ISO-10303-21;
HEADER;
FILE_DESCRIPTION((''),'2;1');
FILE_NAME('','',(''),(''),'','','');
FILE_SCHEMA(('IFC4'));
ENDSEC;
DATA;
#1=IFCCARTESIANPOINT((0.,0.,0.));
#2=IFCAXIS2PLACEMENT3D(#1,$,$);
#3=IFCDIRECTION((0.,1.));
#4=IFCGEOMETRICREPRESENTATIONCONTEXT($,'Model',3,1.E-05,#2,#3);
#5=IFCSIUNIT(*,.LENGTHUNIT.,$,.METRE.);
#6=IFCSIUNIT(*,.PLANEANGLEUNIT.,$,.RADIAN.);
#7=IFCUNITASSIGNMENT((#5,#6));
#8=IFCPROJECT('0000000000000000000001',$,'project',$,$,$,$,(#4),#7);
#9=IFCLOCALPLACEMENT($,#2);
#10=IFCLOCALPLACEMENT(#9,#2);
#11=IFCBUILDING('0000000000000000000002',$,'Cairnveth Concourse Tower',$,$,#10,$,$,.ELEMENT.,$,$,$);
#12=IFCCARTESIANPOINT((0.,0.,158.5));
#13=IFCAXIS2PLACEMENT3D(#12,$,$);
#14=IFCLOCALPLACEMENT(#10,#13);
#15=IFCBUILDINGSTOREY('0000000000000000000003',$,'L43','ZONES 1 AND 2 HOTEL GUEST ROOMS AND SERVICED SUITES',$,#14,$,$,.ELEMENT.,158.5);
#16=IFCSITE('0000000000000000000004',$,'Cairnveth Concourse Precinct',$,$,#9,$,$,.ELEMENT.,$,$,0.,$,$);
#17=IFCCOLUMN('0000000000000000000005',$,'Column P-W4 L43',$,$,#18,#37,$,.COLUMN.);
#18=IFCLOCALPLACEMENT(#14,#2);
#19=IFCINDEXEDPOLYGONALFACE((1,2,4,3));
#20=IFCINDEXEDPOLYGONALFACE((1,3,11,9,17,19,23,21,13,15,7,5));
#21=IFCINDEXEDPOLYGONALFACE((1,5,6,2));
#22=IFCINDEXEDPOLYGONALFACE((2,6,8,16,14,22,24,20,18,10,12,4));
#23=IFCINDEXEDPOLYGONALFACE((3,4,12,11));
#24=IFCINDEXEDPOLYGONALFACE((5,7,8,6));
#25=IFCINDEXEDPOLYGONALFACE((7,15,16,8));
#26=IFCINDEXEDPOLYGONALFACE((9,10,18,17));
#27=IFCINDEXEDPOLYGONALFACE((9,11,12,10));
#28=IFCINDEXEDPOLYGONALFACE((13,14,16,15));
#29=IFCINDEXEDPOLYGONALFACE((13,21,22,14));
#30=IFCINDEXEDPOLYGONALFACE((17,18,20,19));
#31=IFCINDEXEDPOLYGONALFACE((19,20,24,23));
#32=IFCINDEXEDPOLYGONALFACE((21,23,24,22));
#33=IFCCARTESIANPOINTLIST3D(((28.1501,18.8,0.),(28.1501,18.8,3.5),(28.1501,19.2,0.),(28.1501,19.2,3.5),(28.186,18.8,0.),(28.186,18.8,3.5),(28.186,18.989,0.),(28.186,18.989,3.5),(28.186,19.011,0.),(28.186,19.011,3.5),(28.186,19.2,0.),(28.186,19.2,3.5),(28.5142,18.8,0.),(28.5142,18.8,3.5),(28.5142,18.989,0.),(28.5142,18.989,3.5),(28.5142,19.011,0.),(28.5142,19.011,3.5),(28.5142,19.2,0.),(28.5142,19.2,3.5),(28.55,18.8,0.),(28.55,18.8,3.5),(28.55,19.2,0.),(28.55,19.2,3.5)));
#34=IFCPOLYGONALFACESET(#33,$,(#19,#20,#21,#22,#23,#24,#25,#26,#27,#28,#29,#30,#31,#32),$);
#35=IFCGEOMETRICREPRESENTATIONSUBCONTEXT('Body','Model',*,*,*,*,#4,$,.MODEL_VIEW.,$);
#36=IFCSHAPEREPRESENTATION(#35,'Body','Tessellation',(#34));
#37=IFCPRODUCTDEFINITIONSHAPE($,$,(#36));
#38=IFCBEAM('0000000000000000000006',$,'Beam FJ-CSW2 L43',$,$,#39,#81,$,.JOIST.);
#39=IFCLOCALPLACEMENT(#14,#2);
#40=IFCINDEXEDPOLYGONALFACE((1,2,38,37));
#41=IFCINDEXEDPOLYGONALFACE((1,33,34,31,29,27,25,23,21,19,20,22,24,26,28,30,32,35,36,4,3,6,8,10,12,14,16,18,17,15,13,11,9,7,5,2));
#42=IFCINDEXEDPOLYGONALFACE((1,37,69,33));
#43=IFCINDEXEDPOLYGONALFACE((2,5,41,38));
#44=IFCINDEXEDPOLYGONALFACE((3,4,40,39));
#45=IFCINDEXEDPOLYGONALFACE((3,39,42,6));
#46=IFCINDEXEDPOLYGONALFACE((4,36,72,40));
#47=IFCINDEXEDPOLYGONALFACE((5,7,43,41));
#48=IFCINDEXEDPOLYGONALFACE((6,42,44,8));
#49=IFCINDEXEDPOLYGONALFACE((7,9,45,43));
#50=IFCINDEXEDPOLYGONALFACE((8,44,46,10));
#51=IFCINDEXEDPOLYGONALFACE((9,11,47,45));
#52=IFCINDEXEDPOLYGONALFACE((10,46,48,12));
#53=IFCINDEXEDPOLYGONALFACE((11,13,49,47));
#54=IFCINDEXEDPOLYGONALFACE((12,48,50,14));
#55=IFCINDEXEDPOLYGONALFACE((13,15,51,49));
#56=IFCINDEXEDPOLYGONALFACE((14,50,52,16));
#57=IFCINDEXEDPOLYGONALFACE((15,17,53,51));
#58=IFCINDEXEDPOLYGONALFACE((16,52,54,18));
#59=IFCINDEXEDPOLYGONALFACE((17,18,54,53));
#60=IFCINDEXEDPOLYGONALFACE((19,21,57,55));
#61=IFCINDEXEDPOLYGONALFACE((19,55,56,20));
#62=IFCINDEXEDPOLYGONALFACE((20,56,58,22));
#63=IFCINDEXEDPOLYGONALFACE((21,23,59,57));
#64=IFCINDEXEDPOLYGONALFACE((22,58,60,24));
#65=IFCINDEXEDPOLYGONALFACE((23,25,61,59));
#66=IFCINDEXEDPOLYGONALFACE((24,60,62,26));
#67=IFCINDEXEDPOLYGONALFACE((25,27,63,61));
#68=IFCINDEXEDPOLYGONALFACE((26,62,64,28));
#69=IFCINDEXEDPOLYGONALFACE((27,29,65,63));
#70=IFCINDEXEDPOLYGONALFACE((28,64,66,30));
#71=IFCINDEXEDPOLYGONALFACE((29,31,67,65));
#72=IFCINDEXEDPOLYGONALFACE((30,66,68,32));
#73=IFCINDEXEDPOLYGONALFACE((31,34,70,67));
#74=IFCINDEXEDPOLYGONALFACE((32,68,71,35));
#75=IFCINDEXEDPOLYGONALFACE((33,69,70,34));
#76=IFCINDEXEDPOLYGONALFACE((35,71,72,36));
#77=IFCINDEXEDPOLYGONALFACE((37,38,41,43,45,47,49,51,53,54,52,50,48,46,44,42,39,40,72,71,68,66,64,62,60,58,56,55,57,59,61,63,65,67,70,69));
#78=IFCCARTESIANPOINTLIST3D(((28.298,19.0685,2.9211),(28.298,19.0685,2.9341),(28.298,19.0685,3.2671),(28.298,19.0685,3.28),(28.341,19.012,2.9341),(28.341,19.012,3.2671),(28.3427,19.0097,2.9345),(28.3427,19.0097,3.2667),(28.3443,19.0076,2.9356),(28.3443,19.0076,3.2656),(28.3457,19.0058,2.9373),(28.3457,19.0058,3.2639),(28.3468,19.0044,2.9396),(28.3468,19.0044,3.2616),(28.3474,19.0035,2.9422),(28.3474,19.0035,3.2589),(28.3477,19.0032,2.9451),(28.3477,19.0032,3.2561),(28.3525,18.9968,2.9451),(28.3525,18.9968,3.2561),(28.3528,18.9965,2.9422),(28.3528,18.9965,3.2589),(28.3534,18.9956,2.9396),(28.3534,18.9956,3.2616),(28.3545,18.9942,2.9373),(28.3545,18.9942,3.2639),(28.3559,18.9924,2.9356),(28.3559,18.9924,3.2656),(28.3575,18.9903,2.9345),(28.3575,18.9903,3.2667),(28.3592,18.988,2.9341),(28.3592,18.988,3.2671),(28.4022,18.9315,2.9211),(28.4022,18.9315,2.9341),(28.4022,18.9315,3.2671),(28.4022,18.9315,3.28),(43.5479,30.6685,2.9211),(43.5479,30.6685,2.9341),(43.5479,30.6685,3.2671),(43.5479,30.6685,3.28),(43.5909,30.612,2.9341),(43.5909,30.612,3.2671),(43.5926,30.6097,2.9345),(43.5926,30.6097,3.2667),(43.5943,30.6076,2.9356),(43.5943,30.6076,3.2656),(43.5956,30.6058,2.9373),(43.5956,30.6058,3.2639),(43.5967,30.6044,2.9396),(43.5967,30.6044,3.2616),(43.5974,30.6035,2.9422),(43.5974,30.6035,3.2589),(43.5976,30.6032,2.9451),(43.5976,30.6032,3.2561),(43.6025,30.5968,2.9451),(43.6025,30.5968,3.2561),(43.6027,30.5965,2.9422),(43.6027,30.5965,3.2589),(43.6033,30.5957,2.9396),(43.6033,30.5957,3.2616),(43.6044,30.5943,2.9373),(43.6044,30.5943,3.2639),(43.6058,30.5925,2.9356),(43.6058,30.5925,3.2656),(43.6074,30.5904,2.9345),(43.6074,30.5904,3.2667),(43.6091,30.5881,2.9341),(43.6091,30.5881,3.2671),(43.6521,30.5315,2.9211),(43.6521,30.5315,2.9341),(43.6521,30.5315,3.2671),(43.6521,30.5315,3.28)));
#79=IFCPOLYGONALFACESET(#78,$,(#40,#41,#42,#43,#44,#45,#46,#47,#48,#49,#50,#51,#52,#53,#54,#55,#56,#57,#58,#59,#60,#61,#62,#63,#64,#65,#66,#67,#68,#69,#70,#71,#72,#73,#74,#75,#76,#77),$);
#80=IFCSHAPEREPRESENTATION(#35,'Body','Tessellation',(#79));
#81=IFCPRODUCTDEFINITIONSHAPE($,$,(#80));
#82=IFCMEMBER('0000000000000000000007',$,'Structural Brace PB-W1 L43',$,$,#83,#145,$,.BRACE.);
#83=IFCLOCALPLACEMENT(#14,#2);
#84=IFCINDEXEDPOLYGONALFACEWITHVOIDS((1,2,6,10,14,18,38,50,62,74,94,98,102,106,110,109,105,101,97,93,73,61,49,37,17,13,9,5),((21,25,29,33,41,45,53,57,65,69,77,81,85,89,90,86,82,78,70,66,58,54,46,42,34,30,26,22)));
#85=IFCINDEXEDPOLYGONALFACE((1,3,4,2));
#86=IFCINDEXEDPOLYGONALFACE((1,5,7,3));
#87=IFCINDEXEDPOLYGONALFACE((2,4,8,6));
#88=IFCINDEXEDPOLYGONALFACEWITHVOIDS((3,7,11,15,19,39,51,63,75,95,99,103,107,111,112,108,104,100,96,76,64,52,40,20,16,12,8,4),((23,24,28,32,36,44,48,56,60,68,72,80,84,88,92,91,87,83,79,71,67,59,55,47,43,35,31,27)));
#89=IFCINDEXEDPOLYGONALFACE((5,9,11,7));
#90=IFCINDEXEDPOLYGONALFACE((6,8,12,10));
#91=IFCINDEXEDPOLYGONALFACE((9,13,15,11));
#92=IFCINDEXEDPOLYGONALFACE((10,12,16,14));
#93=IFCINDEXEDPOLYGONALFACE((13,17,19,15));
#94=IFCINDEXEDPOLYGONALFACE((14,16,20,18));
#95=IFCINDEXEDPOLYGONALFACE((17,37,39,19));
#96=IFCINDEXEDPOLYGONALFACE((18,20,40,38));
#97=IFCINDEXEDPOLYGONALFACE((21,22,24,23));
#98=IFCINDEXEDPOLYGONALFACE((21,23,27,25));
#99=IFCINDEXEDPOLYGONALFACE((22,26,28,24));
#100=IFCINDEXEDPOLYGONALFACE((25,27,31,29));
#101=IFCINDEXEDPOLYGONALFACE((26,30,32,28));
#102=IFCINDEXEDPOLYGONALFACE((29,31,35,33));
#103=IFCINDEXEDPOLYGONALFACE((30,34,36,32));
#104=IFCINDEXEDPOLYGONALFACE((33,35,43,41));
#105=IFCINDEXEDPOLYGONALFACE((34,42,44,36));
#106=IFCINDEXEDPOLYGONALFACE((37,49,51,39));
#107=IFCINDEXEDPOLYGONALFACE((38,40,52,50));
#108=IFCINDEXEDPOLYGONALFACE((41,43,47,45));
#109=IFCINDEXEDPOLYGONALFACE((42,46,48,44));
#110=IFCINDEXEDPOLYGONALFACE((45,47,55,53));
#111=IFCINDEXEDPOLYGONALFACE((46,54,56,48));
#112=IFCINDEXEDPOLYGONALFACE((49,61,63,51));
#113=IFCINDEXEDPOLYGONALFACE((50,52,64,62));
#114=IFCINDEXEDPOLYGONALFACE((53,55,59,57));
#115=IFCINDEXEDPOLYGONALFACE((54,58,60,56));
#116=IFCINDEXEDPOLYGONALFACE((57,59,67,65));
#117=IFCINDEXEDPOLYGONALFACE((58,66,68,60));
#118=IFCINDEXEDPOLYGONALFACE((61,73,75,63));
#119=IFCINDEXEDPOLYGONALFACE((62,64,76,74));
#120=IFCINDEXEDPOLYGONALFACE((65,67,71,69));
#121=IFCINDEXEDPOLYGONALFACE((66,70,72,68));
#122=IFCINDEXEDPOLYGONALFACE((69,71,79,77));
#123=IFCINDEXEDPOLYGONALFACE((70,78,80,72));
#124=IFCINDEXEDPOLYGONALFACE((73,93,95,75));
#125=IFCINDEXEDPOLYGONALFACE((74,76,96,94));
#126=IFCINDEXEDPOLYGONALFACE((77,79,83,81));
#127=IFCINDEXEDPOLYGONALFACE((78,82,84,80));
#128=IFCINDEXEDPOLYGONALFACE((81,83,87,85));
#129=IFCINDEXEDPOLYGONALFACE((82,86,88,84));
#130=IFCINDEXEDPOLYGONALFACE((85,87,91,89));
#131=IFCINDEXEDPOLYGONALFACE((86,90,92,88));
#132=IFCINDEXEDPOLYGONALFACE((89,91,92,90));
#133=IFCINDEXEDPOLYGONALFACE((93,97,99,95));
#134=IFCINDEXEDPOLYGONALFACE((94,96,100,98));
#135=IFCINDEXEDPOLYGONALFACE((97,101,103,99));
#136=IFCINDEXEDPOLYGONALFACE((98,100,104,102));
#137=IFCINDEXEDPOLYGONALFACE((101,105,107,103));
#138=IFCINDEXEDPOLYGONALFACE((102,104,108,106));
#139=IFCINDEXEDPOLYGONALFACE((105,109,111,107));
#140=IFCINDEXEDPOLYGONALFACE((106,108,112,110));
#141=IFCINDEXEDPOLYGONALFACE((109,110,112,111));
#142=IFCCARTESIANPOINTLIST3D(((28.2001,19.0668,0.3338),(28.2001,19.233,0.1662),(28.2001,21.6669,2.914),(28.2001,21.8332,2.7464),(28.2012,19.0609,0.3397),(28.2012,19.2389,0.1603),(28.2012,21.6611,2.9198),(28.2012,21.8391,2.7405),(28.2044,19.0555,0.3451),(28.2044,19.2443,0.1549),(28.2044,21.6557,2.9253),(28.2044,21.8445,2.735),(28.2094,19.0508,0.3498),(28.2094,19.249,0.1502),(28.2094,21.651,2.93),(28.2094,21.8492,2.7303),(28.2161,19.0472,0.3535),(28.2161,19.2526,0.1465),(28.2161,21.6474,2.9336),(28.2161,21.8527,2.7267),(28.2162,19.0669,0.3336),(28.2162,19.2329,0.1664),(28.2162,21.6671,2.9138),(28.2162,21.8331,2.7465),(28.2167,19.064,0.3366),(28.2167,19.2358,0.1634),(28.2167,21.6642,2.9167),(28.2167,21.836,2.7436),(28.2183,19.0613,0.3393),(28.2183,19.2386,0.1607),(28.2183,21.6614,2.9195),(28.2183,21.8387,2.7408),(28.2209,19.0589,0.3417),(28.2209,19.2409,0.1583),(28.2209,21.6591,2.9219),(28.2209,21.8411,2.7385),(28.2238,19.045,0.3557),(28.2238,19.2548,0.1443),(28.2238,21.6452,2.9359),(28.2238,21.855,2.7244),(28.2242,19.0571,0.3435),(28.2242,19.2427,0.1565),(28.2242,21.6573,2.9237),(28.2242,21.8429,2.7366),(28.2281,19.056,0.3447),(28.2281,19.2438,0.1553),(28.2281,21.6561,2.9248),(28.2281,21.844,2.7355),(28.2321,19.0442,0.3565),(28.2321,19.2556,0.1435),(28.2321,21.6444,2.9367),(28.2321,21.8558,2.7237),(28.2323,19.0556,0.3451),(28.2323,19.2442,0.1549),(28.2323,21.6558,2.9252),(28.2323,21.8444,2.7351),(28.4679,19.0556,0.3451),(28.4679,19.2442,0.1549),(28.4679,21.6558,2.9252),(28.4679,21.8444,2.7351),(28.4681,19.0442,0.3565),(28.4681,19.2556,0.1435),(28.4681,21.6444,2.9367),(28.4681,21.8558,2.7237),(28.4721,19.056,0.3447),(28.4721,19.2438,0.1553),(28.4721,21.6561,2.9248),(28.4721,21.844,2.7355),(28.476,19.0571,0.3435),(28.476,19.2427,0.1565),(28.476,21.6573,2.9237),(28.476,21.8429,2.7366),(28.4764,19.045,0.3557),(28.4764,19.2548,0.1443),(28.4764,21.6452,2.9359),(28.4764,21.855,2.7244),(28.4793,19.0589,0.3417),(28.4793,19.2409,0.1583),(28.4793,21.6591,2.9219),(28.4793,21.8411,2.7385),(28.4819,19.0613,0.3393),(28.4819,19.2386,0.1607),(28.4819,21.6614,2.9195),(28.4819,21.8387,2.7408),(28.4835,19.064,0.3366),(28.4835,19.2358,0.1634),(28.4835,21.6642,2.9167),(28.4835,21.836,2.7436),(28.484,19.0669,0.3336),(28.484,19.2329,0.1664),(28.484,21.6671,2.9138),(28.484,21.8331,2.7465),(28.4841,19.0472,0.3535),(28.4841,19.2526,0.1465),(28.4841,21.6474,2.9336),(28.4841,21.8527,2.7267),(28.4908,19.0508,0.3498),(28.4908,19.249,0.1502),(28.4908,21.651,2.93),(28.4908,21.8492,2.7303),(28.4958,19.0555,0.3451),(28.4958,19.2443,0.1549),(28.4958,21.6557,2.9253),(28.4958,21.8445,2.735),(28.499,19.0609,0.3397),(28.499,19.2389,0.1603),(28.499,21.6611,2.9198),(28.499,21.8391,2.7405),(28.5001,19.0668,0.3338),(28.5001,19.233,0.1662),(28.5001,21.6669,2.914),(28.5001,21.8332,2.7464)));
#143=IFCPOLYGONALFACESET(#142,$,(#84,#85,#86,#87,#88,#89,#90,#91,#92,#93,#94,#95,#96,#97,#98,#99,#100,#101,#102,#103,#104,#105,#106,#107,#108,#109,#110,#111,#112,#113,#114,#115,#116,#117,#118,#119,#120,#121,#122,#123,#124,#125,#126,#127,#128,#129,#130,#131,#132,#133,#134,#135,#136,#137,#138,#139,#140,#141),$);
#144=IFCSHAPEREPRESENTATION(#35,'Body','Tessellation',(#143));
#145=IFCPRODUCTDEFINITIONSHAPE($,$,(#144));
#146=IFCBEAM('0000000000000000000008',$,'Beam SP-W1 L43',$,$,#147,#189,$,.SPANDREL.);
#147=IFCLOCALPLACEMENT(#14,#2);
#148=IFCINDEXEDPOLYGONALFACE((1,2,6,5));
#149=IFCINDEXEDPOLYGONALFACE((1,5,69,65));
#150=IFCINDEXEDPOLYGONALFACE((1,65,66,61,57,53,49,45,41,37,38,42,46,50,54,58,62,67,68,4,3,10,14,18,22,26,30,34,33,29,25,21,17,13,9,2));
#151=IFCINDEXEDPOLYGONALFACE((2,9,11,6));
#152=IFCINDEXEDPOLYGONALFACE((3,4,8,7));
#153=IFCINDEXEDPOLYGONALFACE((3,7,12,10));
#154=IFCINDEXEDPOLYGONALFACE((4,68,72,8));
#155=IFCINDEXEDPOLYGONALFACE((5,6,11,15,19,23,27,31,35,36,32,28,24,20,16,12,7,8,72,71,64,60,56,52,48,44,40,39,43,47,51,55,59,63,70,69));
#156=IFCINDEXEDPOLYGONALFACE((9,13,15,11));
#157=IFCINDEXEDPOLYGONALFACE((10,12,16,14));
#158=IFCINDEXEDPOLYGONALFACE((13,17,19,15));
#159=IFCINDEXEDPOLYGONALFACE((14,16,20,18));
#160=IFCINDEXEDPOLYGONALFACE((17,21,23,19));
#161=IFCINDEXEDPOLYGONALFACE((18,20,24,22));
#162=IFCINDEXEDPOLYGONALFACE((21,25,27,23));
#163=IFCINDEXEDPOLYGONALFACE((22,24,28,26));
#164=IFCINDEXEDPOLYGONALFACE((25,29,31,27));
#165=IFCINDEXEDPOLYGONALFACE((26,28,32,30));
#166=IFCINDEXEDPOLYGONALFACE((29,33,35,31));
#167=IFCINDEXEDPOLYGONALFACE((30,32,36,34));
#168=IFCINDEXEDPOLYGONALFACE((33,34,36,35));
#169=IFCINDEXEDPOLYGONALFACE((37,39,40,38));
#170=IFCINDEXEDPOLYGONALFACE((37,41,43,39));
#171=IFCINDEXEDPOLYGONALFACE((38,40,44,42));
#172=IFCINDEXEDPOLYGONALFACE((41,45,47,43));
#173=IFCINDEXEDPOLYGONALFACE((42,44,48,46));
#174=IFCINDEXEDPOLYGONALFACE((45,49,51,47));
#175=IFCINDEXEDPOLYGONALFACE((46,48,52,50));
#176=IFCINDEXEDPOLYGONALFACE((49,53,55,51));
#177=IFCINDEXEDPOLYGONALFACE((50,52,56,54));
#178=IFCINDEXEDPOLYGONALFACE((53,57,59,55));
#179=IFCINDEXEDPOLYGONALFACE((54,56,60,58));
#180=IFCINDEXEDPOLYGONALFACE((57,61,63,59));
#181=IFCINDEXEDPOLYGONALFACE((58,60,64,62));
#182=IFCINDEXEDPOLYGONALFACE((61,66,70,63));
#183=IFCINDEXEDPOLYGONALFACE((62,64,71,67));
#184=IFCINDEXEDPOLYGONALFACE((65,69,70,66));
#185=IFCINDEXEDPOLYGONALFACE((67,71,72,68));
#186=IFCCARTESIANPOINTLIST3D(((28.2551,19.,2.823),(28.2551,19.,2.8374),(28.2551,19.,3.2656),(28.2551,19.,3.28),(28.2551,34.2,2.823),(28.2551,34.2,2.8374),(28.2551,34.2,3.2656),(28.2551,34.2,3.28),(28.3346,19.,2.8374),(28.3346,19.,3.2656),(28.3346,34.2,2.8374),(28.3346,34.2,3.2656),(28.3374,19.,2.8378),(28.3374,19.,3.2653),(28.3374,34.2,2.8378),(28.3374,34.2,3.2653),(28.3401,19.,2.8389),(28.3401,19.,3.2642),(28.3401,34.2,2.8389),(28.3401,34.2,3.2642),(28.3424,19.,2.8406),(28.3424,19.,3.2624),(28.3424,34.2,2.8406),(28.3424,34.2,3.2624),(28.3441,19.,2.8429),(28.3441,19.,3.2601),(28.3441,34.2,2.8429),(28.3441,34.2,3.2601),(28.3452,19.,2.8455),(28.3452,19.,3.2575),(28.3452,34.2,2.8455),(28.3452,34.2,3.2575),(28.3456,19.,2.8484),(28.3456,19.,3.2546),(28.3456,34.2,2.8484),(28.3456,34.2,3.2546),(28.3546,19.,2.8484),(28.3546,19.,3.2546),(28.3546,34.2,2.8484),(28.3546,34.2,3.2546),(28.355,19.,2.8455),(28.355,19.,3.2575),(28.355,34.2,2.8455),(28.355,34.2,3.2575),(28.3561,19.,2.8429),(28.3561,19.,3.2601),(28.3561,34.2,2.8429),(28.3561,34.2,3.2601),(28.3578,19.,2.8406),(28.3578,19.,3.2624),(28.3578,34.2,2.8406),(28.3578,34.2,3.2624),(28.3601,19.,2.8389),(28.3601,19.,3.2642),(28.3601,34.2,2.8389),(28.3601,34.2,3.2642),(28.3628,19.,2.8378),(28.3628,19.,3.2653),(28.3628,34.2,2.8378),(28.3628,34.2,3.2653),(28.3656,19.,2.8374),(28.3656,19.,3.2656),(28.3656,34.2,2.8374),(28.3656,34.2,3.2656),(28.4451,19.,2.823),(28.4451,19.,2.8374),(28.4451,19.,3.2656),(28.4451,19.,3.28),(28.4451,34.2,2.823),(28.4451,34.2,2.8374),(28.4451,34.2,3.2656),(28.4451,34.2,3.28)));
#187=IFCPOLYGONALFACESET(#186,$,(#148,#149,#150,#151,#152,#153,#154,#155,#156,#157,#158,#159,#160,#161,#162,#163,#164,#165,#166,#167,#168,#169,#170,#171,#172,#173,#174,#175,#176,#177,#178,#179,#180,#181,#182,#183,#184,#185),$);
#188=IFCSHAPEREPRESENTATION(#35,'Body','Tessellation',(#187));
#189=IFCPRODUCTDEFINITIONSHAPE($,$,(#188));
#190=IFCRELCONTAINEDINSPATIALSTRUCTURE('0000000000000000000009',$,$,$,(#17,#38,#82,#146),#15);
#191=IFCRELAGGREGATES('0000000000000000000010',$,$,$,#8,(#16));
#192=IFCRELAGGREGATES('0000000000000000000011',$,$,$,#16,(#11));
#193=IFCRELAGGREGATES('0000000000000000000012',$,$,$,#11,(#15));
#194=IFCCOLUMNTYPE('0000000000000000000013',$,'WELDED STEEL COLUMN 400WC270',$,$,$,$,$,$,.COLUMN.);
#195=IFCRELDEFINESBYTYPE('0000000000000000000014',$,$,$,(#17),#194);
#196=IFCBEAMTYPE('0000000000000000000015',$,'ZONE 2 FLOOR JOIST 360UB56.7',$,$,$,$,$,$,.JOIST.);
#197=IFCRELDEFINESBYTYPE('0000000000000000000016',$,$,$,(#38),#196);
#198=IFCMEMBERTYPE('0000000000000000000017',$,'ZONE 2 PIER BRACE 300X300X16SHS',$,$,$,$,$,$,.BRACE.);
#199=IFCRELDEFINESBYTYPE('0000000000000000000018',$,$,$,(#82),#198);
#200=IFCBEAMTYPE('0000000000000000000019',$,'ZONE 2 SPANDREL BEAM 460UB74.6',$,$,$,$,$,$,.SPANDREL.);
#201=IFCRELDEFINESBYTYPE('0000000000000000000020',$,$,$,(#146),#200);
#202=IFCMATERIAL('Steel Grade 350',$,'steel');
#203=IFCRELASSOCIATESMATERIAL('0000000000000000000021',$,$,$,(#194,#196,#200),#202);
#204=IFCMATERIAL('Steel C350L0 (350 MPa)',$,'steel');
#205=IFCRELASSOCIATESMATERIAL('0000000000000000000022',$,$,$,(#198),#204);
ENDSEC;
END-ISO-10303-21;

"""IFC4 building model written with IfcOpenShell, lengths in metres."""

from ifc_helpers import new_model, si_unit, direction, frame, origin, origin_2d, place, context, subcontext, project, spatial, hollow_rectangle, i_section, extrude, material, material_profile, profile_set, type_object, element, save


model = new_model("IFC4")

# Units and contexts
model_context = context("Model", 3, precision=1e-05, world=origin(), true_north=direction((0.0, 1.0)))
body_context = subcontext(model_context, "Body", "Model", "MODEL_VIEW")
ifc_project = project(units=[si_unit("LENGTHUNIT", "METRE"), si_unit("PLANEANGLEUNIT", "RADIAN")], contexts=[model_context])

# Site, building, storey
site_placement = place(None, origin())
site = spatial("IfcSite", under=ifc_project, at=site_placement, Name="Cairnveth Concourse Precinct", CompositionType="ELEMENT", RefElevation=0.0)
building_placement = place(site_placement, origin())
building = spatial("IfcBuilding", under=site, at=building_placement, Name="Cairnveth Concourse Tower", CompositionType="ELEMENT")
storey_placement = place(building_placement, frame((0.0, 0.0, 158.5)))
storey = spatial("IfcBuildingStorey", under=building, at=storey_placement, Name="L43", Description="ZONES 1 AND 2 HOTEL GUEST ROOMS AND SERVICED SUITES", CompositionType="ELEMENT", Elevation=158.5)

# Column
ifc_material_1 = material(Name="Steel Grade 350", Category="steel")
ifc_material_profile_1 = material_profile(ifc_material_1, i_section(OverallWidth=0.3999, OverallDepth=0.3999, WebThickness=0.022, FlangeThickness=0.0359, at=origin_2d()), Name="400WC270")
ifc_profile_set_1 = profile_set([ifc_material_profile_1], Name="Steel Grade 350")
column_type = type_object("IfcColumnType", Name="WELDED STEEL COLUMN 400WC270", PredefinedType="COLUMN", material=ifc_profile_set_1)
column_placement = place(storey_placement, frame((28.3501, 19.0, 0.0), z_axis=(0.0, 0.0, 1.0), x_axis=(0.0, 1.0, 0.0)))
element("IfcColumn", 1, at=column_placement, inside=storey, type_object=column_type, Name="Column P-W4 L43", PredefinedType="COLUMN", context=body_context, shape_type="SweptSolid", body=[
    extrude(i_section(OverallWidth=0.3999, OverallDepth=0.3999, WebThickness=0.022, FlangeThickness=0.0359, at=origin_2d()), origin(), (0.0, 0.0, 1.0), 3.5),
])

# Beam
ifc_material_profile_2 = material_profile(ifc_material_1, i_section(OverallWidth=0.1721, OverallDepth=0.3589, WebThickness=0.0081, FlangeThickness=0.0129, FilletRadius=0.011, at=origin_2d()), Name="360UB56.7")
ifc_profile_set_2 = profile_set([ifc_material_profile_2], Name="Steel Grade 350")
beam_type_1 = type_object("IfcBeamType", Name="ZONE 2 FLOOR JOIST 360UB56.7", PredefinedType="JOIST", material=ifc_profile_set_2)
beam_1_placement = place(storey_placement, frame((28.3501, 19.0, 3.1006), z_axis=(0.795908, 0.605417, 0.0), x_axis=(-0.605417, 0.795908, 0.0)))
element("IfcBeam", 2, at=beam_1_placement, inside=storey, type_object=beam_type_1, Name="Beam FJ-CSW2 L43", PredefinedType="JOIST", context=body_context, shape_type="SweptSolid", body=[
    extrude(i_section(OverallWidth=0.1721, OverallDepth=0.3589, WebThickness=0.0081, FlangeThickness=0.0129, FilletRadius=0.011, at=origin_2d()), origin(), (0.0, 0.0, 1.0), 19.1604),
])

# Member
ifc_material_2 = material(Name="Steel C350L0 (350 MPa)", Category="steel")
ifc_material_profile_3 = material_profile(ifc_material_2, hollow_rectangle(XDim=0.3, YDim=0.3, WallThickness=0.0161, InnerFilletRadius=0.0161, OuterFilletRadius=0.032, at=origin_2d()), Name="300x300x16.0SHS")
ifc_profile_set_3 = profile_set([ifc_material_profile_3], Name="Steel C350L0 (350 MPa)")
member_type = type_object("IfcMemberType", Name="ZONE 2 PIER BRACE 300X300X16SHS", PredefinedType="BRACE", material=ifc_profile_set_3)
member_placement = place(storey_placement, frame((28.3501, 19.1499, 0.25), z_axis=(0.0, 0.709834, 0.704369), x_axis=(-1.0, 0.0, 0.0)))
element("IfcMember", 3, at=member_placement, inside=storey, type_object=member_type, Name="Structural Brace PB-W1 L43", PredefinedType="BRACE", context=body_context, shape_type="SweptSolid", body=[
    extrude(hollow_rectangle(XDim=0.3, YDim=0.3, WallThickness=0.0161, InnerFilletRadius=0.0161, OuterFilletRadius=0.032, at=origin_2d()), origin(), (0.0, 0.0, 1.0), 3.6631),
])

# Beam
ifc_material_profile_4 = material_profile(ifc_material_1, i_section(OverallWidth=0.1899, OverallDepth=0.457, WebThickness=0.009, FlangeThickness=0.0144, FilletRadius=0.011, at=origin_2d()), Name="460UB74.6")
ifc_profile_set_4 = profile_set([ifc_material_profile_4], Name="Steel Grade 350")
beam_type_2 = type_object("IfcBeamType", Name="ZONE 2 SPANDREL BEAM 460UB74.6", PredefinedType="SPANDREL", material=ifc_profile_set_4)
beam_2_placement = place(storey_placement, frame((28.3501, 19.0, 3.0515), z_axis=(0.0, 1.0, 0.0), x_axis=(-1.0, 0.0, 0.0)))
element("IfcBeam", 4, at=beam_2_placement, inside=storey, type_object=beam_type_2, Name="Beam SP-W1 L43", PredefinedType="SPANDREL", context=body_context, shape_type="SweptSolid", body=[
    extrude(i_section(OverallWidth=0.1899, OverallDepth=0.457, WebThickness=0.009, FlangeThickness=0.0144, FilletRadius=0.011, at=origin_2d()), origin(), (0.0, 0.0, 1.0), 15.2),
])

save(model, "model.ifc")
